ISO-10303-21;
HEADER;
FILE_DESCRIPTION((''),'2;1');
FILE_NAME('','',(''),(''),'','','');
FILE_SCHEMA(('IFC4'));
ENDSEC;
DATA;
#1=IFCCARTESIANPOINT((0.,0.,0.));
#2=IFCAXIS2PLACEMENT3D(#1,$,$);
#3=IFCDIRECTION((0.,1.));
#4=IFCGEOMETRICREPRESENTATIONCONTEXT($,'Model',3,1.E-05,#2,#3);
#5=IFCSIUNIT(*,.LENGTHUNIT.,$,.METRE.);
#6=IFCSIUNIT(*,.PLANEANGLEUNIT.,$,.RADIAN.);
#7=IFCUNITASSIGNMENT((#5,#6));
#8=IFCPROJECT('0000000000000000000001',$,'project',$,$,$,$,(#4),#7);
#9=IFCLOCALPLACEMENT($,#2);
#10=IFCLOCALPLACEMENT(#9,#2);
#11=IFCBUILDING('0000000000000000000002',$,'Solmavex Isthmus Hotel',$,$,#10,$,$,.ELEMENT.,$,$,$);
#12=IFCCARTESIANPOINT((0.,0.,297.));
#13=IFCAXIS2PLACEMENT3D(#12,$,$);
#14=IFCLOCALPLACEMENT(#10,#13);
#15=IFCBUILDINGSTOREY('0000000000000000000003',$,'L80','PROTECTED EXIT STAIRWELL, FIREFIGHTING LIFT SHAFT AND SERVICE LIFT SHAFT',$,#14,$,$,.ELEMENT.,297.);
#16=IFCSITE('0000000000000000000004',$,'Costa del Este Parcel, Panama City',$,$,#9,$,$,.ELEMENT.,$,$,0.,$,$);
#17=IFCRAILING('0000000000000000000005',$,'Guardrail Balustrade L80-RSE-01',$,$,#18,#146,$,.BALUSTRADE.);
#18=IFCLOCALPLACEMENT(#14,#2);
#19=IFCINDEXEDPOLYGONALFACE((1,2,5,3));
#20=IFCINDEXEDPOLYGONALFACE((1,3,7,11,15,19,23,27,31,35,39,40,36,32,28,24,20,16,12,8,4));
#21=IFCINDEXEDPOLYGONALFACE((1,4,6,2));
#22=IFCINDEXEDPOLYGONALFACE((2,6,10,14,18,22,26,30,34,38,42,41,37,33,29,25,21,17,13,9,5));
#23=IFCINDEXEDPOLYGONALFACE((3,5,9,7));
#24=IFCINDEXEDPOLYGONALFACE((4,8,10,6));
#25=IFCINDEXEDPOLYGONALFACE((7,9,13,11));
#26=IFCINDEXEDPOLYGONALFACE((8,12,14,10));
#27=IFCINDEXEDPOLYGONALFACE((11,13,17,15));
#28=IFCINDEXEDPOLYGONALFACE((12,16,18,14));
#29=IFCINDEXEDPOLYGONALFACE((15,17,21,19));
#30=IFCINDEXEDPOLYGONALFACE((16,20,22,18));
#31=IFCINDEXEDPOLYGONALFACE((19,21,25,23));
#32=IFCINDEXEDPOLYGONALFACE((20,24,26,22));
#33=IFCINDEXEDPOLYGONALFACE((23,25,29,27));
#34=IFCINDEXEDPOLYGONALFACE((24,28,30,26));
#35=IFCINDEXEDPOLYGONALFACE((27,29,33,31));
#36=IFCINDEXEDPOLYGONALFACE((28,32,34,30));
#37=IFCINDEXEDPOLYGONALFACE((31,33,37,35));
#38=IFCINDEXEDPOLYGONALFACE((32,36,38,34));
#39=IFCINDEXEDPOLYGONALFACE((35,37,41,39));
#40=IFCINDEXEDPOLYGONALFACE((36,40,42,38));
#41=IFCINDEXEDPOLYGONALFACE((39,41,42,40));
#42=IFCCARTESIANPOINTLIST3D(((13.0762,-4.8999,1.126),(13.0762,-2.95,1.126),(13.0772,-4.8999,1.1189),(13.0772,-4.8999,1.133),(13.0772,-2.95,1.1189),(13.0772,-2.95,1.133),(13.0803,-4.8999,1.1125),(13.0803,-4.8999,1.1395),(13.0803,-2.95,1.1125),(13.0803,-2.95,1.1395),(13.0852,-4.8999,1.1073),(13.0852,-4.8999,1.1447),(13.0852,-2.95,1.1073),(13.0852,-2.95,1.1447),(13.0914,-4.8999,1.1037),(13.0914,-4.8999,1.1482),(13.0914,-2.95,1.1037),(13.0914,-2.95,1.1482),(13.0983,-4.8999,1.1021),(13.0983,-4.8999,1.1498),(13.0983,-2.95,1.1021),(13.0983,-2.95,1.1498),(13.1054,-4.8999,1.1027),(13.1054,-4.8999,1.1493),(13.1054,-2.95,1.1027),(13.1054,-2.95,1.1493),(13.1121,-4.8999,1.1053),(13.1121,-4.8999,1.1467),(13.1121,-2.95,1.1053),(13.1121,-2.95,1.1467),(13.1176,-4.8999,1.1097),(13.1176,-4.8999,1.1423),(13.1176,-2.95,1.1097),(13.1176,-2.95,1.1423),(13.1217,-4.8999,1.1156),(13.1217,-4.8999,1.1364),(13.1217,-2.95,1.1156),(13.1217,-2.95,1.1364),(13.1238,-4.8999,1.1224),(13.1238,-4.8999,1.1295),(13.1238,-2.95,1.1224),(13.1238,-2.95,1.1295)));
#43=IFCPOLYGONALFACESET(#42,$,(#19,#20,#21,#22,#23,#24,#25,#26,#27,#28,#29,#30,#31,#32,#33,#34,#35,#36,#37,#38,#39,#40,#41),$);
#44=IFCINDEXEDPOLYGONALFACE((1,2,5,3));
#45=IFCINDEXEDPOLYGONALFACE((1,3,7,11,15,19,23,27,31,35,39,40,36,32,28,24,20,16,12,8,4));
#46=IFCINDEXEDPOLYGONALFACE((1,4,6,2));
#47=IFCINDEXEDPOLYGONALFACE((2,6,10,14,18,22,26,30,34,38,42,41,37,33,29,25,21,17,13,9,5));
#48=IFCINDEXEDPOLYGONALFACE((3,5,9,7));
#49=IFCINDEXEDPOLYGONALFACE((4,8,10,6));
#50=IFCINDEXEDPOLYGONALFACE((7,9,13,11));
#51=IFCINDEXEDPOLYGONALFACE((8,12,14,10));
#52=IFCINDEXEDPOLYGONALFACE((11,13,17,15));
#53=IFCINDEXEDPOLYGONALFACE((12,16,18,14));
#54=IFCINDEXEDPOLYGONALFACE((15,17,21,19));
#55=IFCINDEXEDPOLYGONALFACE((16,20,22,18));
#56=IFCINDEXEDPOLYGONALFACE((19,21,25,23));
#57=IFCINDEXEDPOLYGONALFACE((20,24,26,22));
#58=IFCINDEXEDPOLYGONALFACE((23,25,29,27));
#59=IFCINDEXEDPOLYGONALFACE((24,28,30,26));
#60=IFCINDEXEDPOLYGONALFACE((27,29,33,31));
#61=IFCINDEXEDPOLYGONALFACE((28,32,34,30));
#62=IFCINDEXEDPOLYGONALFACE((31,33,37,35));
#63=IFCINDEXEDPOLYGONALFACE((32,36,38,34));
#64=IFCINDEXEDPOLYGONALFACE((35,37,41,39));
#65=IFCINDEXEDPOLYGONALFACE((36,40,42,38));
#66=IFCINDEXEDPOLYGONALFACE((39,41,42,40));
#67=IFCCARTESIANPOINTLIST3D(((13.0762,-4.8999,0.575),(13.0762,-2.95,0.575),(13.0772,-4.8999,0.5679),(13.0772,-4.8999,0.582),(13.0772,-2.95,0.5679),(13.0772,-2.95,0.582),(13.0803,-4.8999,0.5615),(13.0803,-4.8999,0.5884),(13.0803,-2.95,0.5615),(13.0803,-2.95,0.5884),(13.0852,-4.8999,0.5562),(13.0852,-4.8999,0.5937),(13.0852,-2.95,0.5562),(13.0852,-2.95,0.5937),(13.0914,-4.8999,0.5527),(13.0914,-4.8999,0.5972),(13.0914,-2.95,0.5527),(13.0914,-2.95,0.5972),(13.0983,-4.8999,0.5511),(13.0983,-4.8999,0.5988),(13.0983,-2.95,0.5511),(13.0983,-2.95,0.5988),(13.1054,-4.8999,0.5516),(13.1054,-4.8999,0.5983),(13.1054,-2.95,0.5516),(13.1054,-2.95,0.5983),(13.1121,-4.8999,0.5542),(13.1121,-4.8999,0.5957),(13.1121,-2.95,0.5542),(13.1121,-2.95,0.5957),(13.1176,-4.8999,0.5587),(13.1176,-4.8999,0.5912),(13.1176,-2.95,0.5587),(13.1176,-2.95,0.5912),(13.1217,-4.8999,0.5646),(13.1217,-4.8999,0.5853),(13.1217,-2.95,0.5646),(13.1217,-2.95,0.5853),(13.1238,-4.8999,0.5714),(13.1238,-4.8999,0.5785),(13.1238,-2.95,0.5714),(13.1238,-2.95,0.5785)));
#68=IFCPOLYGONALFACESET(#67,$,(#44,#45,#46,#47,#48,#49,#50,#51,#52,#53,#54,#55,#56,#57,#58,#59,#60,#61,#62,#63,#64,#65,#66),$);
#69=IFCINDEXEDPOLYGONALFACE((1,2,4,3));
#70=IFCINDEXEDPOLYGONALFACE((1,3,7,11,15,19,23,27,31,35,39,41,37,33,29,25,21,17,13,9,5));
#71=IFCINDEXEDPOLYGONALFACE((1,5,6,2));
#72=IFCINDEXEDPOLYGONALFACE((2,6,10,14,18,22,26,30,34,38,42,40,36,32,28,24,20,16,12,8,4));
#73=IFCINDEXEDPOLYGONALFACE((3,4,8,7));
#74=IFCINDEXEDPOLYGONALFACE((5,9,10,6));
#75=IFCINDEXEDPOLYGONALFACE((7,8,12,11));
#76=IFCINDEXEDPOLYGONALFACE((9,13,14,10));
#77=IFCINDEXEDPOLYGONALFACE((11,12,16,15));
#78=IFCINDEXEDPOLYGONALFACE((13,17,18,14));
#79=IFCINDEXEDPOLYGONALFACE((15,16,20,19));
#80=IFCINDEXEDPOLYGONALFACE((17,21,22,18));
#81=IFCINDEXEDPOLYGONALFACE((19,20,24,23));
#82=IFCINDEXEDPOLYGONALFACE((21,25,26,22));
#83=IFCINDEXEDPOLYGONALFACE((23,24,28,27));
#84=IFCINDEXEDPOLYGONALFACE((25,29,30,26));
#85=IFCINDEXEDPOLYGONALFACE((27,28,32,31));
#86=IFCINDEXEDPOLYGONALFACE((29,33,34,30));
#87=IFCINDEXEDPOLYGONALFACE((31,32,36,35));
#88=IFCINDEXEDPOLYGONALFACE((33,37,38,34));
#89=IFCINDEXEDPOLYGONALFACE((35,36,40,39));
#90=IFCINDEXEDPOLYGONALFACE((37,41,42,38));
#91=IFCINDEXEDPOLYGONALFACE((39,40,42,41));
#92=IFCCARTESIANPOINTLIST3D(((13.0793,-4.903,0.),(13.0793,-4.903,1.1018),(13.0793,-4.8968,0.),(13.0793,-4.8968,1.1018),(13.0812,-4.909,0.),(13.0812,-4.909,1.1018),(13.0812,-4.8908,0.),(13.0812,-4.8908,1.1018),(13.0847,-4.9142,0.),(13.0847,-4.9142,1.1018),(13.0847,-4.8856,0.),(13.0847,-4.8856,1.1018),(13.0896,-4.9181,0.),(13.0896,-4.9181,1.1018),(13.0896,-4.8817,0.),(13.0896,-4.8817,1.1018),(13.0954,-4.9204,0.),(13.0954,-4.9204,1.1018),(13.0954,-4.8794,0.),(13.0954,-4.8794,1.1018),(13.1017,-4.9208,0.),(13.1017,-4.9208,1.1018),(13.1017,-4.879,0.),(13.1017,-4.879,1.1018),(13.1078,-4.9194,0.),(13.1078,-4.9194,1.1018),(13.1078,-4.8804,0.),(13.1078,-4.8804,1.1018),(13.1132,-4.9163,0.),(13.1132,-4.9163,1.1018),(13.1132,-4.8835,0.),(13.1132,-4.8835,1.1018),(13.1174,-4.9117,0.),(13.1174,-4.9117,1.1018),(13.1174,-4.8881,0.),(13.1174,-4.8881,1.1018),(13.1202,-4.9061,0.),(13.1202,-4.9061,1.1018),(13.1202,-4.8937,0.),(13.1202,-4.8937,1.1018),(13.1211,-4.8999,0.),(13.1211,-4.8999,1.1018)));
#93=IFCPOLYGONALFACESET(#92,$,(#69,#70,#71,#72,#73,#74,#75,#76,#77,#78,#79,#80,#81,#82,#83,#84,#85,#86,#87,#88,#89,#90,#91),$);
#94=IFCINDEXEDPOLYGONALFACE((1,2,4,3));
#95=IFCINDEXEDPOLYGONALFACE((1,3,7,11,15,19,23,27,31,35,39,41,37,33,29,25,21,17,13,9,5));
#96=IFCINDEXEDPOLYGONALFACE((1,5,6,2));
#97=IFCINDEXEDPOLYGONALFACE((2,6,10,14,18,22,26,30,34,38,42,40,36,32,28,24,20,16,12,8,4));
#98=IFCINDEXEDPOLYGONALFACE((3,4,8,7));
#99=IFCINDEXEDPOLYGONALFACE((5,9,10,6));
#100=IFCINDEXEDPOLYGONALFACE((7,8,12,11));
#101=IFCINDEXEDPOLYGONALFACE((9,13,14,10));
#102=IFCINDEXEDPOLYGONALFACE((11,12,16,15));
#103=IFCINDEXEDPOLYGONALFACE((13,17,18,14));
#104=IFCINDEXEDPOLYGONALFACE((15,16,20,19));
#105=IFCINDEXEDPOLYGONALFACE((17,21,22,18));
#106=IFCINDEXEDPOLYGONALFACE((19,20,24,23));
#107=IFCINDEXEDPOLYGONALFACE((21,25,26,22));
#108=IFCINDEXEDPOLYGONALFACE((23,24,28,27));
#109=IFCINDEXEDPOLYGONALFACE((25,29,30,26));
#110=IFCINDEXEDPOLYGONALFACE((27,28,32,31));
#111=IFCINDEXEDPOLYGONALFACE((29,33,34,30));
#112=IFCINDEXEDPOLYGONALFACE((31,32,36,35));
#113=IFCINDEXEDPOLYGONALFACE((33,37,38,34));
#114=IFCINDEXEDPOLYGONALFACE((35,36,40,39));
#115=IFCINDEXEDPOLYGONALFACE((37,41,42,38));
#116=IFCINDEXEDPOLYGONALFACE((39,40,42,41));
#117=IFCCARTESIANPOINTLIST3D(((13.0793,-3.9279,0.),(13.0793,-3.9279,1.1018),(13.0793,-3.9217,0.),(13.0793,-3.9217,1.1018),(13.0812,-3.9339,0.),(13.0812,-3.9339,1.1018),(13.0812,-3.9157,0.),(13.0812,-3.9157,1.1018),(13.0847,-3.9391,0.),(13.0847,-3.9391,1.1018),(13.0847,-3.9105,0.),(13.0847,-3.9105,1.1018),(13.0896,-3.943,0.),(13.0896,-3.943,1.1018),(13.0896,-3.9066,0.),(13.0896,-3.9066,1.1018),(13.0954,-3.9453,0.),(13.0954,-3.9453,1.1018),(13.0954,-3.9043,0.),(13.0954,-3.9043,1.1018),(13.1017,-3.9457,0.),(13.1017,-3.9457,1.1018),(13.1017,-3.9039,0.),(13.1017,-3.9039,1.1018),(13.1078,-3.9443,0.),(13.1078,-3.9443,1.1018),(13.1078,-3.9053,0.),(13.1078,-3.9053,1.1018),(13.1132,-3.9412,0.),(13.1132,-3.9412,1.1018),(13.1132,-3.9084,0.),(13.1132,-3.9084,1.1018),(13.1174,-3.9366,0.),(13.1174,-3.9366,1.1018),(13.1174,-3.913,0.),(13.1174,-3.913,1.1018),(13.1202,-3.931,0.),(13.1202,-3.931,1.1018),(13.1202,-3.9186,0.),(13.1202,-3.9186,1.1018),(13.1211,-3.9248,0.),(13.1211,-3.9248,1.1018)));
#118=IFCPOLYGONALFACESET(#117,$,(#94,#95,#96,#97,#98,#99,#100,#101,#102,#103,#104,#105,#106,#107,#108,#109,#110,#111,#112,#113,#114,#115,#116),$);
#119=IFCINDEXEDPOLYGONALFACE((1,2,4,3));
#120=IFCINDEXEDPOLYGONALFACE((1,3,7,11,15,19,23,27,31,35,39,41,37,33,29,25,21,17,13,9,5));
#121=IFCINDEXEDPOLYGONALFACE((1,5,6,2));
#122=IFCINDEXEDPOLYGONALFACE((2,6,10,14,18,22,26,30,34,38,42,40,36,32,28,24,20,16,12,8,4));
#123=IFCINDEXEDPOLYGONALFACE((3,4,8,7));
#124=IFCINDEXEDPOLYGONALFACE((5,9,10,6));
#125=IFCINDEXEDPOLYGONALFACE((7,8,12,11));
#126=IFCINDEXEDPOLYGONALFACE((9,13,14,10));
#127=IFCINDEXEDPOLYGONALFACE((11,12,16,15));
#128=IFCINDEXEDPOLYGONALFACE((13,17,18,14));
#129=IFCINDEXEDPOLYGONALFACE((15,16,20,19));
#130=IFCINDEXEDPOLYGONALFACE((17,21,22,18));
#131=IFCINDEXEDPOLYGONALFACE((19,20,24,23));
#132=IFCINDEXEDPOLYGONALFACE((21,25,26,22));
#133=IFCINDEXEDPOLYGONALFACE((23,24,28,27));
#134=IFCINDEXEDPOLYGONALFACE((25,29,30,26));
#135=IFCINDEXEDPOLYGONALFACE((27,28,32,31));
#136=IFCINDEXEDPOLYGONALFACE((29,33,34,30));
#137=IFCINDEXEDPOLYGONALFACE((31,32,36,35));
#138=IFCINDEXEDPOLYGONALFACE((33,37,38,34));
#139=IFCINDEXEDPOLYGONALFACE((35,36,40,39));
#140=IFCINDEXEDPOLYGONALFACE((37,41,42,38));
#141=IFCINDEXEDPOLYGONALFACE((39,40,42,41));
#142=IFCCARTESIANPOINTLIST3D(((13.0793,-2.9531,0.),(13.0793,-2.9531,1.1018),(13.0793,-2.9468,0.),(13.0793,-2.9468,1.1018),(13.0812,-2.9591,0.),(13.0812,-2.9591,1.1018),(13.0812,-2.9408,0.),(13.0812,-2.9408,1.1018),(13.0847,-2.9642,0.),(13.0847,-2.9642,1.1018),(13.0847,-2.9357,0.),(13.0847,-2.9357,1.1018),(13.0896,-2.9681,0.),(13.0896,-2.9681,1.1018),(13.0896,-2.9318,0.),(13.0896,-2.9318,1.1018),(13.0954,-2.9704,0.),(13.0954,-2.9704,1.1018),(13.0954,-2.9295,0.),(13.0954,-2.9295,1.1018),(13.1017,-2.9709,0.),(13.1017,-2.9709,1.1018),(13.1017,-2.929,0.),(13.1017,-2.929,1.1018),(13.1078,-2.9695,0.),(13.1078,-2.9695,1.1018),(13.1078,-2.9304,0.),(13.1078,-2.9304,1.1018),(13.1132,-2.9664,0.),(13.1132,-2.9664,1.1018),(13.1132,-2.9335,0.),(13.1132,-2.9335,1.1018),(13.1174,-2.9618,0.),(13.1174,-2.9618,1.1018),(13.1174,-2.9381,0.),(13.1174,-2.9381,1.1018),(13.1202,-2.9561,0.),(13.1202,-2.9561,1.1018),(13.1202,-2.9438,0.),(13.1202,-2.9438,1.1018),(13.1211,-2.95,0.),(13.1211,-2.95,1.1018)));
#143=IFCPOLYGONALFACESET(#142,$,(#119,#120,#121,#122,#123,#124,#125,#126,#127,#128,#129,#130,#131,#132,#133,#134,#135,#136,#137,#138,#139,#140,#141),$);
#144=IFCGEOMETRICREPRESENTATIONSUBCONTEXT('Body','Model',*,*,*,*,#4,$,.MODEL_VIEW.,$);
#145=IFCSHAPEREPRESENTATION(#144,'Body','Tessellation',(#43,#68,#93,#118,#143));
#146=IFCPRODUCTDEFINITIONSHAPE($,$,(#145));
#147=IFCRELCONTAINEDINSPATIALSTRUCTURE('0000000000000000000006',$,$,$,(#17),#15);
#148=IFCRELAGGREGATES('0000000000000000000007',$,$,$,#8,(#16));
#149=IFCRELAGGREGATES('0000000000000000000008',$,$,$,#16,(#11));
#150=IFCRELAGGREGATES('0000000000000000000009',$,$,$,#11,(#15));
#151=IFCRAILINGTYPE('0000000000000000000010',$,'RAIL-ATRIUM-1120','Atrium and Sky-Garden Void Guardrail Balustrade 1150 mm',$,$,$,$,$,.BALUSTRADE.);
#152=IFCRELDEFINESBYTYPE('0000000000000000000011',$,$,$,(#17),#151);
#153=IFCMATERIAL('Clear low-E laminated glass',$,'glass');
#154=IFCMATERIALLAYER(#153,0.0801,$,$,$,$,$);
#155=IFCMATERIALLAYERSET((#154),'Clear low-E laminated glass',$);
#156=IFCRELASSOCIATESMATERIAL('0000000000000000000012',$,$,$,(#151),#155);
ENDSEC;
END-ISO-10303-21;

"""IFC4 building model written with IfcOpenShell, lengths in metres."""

from ifc_helpers import new_model, si_unit, direction, frame, origin, origin_2d, place, context, subcontext, project, spatial, circle, extrude, material, layer, layer_set, type_object, element, save


model = new_model("IFC4")

# Units and contexts
model_context = context("Model", 3, precision=1e-05, world=origin(), true_north=direction((0.0, 1.0)))
body_context = subcontext(model_context, "Body", "Model", "MODEL_VIEW")
ifc_project = project(units=[si_unit("LENGTHUNIT", "METRE"), si_unit("PLANEANGLEUNIT", "RADIAN")], contexts=[model_context])

# Site, building, storey
site_placement = place(None, origin())
site = spatial("IfcSite", under=ifc_project, at=site_placement, Name="Costa del Este Parcel, Panama City", CompositionType="ELEMENT", RefElevation=0.0)
building_placement = place(site_placement, origin())
building = spatial("IfcBuilding", under=site, at=building_placement, Name="Solmavex Isthmus Hotel", CompositionType="ELEMENT")
storey_placement = place(building_placement, frame((0.0, 0.0, 297.0)))
storey = spatial("IfcBuildingStorey", under=building, at=storey_placement, Name="L80", Description="PROTECTED EXIT STAIRWELL, FIREFIGHTING LIFT SHAFT AND SERVICE LIFT SHAFT", CompositionType="ELEMENT", Elevation=297.0)

# Railing
ifc_material_1 = material(Name="Clear low-E laminated glass", Category="glass")
ifc_layer_1 = layer(ifc_material_1, 0.0801)
ifc_layer_set_1 = layer_set([ifc_layer_1], Name="Clear low-E laminated glass")
railing_type_1 = type_object("IfcRailingType", Name="RAIL-ATRIUM-1120", Description="Atrium and Sky-Garden Void Guardrail Balustrade 1150 mm", PredefinedType="BALUSTRADE", material=ifc_layer_set_1)
railing_1_placement = place(storey_placement, frame((13.1001, -4.8999, 0.0)))
element("IfcRailing", 1, at=railing_1_placement, inside=storey, type_object=railing_type_1, Name="Guardrail Balustrade L80-RSE-01", PredefinedType="BALUSTRADE", context=body_context, shape_type="SweptSolid", body=[
    extrude(circle(Radius=0.0239, at=origin_2d()), frame((0.0, 0.0, 1.126), z_axis=(0.0, 1.0, 0.0), x_axis=(-1.0, 0.0, 0.0)), (0.0, 0.0, 1.0), 1.95),
    extrude(circle(Radius=0.0239, at=origin_2d()), frame((0.0, 0.0, 0.575), z_axis=(0.0, 1.0, 0.0), x_axis=(-1.0, 0.0, 0.0)), (0.0, 0.0, 1.0), 1.95),
    extrude(circle(Radius=0.021, at=origin_2d()), origin(), (0.0, 0.0, 1.0), 1.1018),
    extrude(circle(Radius=0.021, at=origin_2d()), frame((0.0, 0.9751, 0.0)), (0.0, 0.0, 1.0), 1.1018),
    extrude(circle(Radius=0.021, at=origin_2d()), frame((0.0, 1.95, 0.0)), (0.0, 0.0, 1.0), 1.1018),
])

save(model, "model.ifc")
